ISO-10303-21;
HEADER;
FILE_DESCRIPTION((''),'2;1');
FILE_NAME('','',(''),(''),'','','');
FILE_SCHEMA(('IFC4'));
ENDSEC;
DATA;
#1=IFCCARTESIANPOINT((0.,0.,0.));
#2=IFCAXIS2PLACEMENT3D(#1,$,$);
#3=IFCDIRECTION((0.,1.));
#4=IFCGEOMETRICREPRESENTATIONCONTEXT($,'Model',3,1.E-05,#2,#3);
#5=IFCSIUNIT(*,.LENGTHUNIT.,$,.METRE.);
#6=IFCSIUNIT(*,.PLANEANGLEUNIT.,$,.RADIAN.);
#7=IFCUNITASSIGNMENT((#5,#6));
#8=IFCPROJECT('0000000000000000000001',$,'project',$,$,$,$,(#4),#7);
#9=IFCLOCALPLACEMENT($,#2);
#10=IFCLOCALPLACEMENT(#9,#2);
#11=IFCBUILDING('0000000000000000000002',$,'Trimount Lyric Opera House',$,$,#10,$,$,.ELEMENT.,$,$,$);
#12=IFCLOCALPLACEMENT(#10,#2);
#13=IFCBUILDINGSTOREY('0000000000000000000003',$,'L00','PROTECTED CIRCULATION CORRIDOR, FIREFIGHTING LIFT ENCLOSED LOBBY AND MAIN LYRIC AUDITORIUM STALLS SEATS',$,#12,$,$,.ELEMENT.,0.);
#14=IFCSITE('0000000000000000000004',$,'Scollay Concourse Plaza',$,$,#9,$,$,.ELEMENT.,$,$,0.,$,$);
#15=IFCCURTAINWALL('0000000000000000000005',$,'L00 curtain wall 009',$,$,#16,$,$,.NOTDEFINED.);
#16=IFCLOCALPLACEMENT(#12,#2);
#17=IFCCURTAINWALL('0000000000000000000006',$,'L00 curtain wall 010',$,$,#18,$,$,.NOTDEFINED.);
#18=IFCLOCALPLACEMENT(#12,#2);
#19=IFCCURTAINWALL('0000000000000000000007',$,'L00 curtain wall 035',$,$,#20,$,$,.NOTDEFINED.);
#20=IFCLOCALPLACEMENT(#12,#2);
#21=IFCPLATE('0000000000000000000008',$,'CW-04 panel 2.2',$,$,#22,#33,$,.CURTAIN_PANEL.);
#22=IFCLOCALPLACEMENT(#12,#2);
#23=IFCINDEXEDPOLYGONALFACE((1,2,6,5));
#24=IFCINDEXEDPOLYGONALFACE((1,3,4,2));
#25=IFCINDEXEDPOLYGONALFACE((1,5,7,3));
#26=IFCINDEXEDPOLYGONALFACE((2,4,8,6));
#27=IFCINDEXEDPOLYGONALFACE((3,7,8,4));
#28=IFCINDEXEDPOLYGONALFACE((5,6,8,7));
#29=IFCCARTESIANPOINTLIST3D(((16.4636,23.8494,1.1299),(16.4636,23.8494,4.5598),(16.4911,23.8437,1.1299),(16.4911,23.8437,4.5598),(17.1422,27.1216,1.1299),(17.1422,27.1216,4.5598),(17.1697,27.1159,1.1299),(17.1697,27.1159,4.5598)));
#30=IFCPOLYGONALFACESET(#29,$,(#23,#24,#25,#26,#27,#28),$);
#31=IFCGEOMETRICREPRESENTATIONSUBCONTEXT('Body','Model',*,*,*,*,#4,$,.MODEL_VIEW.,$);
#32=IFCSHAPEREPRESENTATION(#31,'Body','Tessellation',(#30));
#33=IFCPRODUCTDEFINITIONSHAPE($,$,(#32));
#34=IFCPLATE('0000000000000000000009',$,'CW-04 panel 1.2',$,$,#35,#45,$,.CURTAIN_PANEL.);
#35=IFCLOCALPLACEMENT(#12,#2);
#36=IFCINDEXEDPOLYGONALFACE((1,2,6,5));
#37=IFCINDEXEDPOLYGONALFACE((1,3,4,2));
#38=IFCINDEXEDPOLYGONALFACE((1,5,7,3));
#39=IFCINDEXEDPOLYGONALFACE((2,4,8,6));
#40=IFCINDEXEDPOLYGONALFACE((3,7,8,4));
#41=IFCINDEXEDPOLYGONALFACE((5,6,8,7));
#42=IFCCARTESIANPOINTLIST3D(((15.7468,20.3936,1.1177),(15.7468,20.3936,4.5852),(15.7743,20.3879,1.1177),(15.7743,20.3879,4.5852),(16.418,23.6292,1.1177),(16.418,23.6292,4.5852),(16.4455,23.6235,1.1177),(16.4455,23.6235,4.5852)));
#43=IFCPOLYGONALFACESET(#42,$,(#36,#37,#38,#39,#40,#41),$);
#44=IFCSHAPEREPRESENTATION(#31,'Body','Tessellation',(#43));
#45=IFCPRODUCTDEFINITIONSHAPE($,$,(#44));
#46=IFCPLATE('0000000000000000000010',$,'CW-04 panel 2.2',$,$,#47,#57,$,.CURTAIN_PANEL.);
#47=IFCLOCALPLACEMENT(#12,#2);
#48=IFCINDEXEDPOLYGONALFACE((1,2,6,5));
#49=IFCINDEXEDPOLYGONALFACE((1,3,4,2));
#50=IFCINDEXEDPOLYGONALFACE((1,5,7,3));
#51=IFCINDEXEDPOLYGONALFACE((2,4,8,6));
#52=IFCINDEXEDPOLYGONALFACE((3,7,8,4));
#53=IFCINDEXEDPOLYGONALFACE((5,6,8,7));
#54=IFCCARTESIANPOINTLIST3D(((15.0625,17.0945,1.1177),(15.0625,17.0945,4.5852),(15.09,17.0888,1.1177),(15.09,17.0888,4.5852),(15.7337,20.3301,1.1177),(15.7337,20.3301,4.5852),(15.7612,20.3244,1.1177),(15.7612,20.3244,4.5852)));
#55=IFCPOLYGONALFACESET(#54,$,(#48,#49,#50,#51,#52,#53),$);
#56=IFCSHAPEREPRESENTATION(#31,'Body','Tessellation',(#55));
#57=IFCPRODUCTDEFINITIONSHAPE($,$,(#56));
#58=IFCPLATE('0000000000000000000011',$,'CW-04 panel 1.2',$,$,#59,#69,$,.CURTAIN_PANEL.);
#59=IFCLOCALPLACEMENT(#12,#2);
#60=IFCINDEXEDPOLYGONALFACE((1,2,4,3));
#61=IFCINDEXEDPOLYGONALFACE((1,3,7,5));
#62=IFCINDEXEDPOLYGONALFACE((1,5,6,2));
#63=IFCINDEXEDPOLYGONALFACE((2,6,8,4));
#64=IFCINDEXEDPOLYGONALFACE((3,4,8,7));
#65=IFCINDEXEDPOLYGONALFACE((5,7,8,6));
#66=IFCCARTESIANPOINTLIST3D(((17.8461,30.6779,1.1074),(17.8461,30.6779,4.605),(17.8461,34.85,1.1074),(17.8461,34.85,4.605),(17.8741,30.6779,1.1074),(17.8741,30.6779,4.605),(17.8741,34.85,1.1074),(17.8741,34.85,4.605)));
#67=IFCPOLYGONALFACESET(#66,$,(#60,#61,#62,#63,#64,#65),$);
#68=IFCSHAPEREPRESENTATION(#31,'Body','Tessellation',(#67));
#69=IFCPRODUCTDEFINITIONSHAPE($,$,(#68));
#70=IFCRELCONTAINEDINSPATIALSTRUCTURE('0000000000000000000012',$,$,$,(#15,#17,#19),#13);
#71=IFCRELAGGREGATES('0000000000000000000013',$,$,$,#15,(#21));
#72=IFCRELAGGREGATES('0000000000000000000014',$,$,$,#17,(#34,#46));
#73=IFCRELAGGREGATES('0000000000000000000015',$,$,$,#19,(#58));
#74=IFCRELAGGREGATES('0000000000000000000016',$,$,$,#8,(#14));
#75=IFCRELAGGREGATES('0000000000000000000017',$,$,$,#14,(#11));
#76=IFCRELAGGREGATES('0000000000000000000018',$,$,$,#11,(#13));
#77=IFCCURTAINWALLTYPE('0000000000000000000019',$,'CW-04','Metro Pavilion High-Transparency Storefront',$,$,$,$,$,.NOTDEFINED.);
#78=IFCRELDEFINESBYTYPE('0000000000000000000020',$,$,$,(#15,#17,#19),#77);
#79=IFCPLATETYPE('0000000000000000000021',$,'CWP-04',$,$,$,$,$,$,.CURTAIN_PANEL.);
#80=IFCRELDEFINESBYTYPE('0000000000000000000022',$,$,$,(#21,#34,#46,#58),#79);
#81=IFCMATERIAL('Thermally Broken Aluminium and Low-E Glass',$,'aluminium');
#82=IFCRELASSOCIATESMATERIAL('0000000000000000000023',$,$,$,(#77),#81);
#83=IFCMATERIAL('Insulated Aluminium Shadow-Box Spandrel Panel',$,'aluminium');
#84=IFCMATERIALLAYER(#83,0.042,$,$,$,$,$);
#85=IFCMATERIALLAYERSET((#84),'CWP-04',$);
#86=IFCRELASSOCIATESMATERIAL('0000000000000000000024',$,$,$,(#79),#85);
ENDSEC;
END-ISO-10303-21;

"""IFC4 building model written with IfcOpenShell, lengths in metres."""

from ifc_helpers import new_model, si_unit, direction, frame, origin, origin_2d, place, context, subcontext, project, spatial, rectangle, extrude, material, layer, layer_set, type_object, element, aggregate, save


model = new_model("IFC4")

# Units and contexts
model_context = context("Model", 3, precision=1e-05, world=origin(), true_north=direction((0.0, 1.0)))
body_context = subcontext(model_context, "Body", "Model", "MODEL_VIEW")
ifc_project = project(units=[si_unit("LENGTHUNIT", "METRE"), si_unit("PLANEANGLEUNIT", "RADIAN")], contexts=[model_context])

# Site, building, storey
site_placement = place(None, origin())
site = spatial("IfcSite", under=ifc_project, at=site_placement, Name="Scollay Concourse Plaza", CompositionType="ELEMENT", RefElevation=0.0)
building_placement = place(site_placement, origin())
building = spatial("IfcBuilding", under=site, at=building_placement, Name="Trimount Lyric Opera House", CompositionType="ELEMENT")
storey_placement = place(building_placement, origin())
storey = spatial("IfcBuildingStorey", under=building, at=storey_placement, Name="L00", Description="PROTECTED CIRCULATION CORRIDOR, FIREFIGHTING LIFT ENCLOSED LOBBY AND MAIN LYRIC AUDITORIUM STALLS SEATS", CompositionType="ELEMENT", Elevation=0.0)

# Curtain walls
ifc_material_1 = material(Name="Thermally Broken Aluminium and Low-E Glass", Category="aluminium")
curtain_wall_type = type_object("IfcCurtainWallType", Name="CW-04", Description="Metro Pavilion High-Transparency Storefront", PredefinedType="NOTDEFINED", material=ifc_material_1)
curtain_wall_1_placement = place(storey_placement, origin())
curtain_wall_1 = element("IfcCurtainWall", 1, at=curtain_wall_1_placement, inside=storey, type_object=curtain_wall_type, Name="L00 curtain wall 009", PredefinedType="NOTDEFINED")
curtain_wall_2_placement = place(storey_placement, origin())
curtain_wall_2 = element("IfcCurtainWall", 2, at=curtain_wall_2_placement, inside=storey, type_object=curtain_wall_type, Name="L00 curtain wall 010", PredefinedType="NOTDEFINED")

# Curtain wall
curtain_wall_3_placement = place(storey_placement, origin())
curtain_wall_3 = element("IfcCurtainWall", 3, at=curtain_wall_3_placement, inside=storey, type_object=curtain_wall_type, Name="L00 curtain wall 035", PredefinedType="NOTDEFINED")

# Plates
ifc_material_2 = material(Name="Insulated Aluminium Shadow-Box Spandrel Panel", Category="aluminium")
ifc_layer_1 = layer(ifc_material_2, 0.042)
ifc_layer_set_1 = layer_set([ifc_layer_1], Name="CWP-04")
plate_type_1 = type_object("IfcPlateType", Name="CWP-04", PredefinedType="CURTAIN_PANEL", material=ifc_layer_set_1)
plate_1_placement = place(storey_placement, frame((16.8167, 25.4827, 1.1299), z_axis=(0.0, 0.0, 1.0), x_axis=(-0.203085, -0.979161, 0.0)))
plate_1 = element("IfcPlate", 4, at=plate_1_placement, type_object=plate_type_1, Name="CW-04 panel 2.2", PredefinedType="CURTAIN_PANEL", context=body_context, shape_type="SweptSolid", body=[
    extrude(rectangle(XDim=3.3418, YDim=0.0281, at=origin_2d()), origin(), (0.0, 0.0, 1.0), 3.4299),
])
aggregate(curtain_wall_1, [plate_1])
plate_2_placement = place(storey_placement, frame((16.0962, 22.0085, 1.1177), z_axis=(0.0, 0.0, 1.0), x_axis=(-0.203121, -0.979154, 0.0)))
plate_2 = element("IfcPlate", 5, at=plate_2_placement, type_object=plate_type_1, Name="CW-04 panel 1.2", PredefinedType="CURTAIN_PANEL", context=body_context, shape_type="SweptSolid", body=[
    extrude(rectangle(XDim=3.3044, YDim=0.0281, at=origin_2d()), origin(), (0.0, 0.0, 1.0), 3.4675),
])
plate_3_placement = place(storey_placement, frame((15.4119, 18.7095, 1.1177), z_axis=(0.0, 0.0, 1.0), x_axis=(-0.203121, -0.979154, 0.0)))
plate_3 = element("IfcPlate", 6, at=plate_3_placement, type_object=plate_type_1, Name="CW-04 panel 2.2", PredefinedType="CURTAIN_PANEL", context=body_context, shape_type="SweptSolid", body=[
    extrude(rectangle(XDim=3.3044, YDim=0.0281, at=origin_2d()), origin(), (0.0, 0.0, 1.0), 3.4675),
])
aggregate(curtain_wall_2, [plate_2, plate_3])
plate_4_placement = place(storey_placement, frame((17.8601, 32.7639, 1.1074), z_axis=(0.0, 0.0, 1.0), x_axis=(0.0, -1.0, 0.0)))
plate_4 = element("IfcPlate", 7, at=plate_4_placement, type_object=plate_type_1, Name="CW-04 panel 1.2", PredefinedType="CURTAIN_PANEL", context=body_context, shape_type="SweptSolid", body=[
    extrude(rectangle(XDim=4.1721, YDim=0.0281, at=origin_2d()), origin(), (0.0, 0.0, 1.0), 3.4976),
])
aggregate(curtain_wall_3, [plate_4])

save(model, "model.ifc")
